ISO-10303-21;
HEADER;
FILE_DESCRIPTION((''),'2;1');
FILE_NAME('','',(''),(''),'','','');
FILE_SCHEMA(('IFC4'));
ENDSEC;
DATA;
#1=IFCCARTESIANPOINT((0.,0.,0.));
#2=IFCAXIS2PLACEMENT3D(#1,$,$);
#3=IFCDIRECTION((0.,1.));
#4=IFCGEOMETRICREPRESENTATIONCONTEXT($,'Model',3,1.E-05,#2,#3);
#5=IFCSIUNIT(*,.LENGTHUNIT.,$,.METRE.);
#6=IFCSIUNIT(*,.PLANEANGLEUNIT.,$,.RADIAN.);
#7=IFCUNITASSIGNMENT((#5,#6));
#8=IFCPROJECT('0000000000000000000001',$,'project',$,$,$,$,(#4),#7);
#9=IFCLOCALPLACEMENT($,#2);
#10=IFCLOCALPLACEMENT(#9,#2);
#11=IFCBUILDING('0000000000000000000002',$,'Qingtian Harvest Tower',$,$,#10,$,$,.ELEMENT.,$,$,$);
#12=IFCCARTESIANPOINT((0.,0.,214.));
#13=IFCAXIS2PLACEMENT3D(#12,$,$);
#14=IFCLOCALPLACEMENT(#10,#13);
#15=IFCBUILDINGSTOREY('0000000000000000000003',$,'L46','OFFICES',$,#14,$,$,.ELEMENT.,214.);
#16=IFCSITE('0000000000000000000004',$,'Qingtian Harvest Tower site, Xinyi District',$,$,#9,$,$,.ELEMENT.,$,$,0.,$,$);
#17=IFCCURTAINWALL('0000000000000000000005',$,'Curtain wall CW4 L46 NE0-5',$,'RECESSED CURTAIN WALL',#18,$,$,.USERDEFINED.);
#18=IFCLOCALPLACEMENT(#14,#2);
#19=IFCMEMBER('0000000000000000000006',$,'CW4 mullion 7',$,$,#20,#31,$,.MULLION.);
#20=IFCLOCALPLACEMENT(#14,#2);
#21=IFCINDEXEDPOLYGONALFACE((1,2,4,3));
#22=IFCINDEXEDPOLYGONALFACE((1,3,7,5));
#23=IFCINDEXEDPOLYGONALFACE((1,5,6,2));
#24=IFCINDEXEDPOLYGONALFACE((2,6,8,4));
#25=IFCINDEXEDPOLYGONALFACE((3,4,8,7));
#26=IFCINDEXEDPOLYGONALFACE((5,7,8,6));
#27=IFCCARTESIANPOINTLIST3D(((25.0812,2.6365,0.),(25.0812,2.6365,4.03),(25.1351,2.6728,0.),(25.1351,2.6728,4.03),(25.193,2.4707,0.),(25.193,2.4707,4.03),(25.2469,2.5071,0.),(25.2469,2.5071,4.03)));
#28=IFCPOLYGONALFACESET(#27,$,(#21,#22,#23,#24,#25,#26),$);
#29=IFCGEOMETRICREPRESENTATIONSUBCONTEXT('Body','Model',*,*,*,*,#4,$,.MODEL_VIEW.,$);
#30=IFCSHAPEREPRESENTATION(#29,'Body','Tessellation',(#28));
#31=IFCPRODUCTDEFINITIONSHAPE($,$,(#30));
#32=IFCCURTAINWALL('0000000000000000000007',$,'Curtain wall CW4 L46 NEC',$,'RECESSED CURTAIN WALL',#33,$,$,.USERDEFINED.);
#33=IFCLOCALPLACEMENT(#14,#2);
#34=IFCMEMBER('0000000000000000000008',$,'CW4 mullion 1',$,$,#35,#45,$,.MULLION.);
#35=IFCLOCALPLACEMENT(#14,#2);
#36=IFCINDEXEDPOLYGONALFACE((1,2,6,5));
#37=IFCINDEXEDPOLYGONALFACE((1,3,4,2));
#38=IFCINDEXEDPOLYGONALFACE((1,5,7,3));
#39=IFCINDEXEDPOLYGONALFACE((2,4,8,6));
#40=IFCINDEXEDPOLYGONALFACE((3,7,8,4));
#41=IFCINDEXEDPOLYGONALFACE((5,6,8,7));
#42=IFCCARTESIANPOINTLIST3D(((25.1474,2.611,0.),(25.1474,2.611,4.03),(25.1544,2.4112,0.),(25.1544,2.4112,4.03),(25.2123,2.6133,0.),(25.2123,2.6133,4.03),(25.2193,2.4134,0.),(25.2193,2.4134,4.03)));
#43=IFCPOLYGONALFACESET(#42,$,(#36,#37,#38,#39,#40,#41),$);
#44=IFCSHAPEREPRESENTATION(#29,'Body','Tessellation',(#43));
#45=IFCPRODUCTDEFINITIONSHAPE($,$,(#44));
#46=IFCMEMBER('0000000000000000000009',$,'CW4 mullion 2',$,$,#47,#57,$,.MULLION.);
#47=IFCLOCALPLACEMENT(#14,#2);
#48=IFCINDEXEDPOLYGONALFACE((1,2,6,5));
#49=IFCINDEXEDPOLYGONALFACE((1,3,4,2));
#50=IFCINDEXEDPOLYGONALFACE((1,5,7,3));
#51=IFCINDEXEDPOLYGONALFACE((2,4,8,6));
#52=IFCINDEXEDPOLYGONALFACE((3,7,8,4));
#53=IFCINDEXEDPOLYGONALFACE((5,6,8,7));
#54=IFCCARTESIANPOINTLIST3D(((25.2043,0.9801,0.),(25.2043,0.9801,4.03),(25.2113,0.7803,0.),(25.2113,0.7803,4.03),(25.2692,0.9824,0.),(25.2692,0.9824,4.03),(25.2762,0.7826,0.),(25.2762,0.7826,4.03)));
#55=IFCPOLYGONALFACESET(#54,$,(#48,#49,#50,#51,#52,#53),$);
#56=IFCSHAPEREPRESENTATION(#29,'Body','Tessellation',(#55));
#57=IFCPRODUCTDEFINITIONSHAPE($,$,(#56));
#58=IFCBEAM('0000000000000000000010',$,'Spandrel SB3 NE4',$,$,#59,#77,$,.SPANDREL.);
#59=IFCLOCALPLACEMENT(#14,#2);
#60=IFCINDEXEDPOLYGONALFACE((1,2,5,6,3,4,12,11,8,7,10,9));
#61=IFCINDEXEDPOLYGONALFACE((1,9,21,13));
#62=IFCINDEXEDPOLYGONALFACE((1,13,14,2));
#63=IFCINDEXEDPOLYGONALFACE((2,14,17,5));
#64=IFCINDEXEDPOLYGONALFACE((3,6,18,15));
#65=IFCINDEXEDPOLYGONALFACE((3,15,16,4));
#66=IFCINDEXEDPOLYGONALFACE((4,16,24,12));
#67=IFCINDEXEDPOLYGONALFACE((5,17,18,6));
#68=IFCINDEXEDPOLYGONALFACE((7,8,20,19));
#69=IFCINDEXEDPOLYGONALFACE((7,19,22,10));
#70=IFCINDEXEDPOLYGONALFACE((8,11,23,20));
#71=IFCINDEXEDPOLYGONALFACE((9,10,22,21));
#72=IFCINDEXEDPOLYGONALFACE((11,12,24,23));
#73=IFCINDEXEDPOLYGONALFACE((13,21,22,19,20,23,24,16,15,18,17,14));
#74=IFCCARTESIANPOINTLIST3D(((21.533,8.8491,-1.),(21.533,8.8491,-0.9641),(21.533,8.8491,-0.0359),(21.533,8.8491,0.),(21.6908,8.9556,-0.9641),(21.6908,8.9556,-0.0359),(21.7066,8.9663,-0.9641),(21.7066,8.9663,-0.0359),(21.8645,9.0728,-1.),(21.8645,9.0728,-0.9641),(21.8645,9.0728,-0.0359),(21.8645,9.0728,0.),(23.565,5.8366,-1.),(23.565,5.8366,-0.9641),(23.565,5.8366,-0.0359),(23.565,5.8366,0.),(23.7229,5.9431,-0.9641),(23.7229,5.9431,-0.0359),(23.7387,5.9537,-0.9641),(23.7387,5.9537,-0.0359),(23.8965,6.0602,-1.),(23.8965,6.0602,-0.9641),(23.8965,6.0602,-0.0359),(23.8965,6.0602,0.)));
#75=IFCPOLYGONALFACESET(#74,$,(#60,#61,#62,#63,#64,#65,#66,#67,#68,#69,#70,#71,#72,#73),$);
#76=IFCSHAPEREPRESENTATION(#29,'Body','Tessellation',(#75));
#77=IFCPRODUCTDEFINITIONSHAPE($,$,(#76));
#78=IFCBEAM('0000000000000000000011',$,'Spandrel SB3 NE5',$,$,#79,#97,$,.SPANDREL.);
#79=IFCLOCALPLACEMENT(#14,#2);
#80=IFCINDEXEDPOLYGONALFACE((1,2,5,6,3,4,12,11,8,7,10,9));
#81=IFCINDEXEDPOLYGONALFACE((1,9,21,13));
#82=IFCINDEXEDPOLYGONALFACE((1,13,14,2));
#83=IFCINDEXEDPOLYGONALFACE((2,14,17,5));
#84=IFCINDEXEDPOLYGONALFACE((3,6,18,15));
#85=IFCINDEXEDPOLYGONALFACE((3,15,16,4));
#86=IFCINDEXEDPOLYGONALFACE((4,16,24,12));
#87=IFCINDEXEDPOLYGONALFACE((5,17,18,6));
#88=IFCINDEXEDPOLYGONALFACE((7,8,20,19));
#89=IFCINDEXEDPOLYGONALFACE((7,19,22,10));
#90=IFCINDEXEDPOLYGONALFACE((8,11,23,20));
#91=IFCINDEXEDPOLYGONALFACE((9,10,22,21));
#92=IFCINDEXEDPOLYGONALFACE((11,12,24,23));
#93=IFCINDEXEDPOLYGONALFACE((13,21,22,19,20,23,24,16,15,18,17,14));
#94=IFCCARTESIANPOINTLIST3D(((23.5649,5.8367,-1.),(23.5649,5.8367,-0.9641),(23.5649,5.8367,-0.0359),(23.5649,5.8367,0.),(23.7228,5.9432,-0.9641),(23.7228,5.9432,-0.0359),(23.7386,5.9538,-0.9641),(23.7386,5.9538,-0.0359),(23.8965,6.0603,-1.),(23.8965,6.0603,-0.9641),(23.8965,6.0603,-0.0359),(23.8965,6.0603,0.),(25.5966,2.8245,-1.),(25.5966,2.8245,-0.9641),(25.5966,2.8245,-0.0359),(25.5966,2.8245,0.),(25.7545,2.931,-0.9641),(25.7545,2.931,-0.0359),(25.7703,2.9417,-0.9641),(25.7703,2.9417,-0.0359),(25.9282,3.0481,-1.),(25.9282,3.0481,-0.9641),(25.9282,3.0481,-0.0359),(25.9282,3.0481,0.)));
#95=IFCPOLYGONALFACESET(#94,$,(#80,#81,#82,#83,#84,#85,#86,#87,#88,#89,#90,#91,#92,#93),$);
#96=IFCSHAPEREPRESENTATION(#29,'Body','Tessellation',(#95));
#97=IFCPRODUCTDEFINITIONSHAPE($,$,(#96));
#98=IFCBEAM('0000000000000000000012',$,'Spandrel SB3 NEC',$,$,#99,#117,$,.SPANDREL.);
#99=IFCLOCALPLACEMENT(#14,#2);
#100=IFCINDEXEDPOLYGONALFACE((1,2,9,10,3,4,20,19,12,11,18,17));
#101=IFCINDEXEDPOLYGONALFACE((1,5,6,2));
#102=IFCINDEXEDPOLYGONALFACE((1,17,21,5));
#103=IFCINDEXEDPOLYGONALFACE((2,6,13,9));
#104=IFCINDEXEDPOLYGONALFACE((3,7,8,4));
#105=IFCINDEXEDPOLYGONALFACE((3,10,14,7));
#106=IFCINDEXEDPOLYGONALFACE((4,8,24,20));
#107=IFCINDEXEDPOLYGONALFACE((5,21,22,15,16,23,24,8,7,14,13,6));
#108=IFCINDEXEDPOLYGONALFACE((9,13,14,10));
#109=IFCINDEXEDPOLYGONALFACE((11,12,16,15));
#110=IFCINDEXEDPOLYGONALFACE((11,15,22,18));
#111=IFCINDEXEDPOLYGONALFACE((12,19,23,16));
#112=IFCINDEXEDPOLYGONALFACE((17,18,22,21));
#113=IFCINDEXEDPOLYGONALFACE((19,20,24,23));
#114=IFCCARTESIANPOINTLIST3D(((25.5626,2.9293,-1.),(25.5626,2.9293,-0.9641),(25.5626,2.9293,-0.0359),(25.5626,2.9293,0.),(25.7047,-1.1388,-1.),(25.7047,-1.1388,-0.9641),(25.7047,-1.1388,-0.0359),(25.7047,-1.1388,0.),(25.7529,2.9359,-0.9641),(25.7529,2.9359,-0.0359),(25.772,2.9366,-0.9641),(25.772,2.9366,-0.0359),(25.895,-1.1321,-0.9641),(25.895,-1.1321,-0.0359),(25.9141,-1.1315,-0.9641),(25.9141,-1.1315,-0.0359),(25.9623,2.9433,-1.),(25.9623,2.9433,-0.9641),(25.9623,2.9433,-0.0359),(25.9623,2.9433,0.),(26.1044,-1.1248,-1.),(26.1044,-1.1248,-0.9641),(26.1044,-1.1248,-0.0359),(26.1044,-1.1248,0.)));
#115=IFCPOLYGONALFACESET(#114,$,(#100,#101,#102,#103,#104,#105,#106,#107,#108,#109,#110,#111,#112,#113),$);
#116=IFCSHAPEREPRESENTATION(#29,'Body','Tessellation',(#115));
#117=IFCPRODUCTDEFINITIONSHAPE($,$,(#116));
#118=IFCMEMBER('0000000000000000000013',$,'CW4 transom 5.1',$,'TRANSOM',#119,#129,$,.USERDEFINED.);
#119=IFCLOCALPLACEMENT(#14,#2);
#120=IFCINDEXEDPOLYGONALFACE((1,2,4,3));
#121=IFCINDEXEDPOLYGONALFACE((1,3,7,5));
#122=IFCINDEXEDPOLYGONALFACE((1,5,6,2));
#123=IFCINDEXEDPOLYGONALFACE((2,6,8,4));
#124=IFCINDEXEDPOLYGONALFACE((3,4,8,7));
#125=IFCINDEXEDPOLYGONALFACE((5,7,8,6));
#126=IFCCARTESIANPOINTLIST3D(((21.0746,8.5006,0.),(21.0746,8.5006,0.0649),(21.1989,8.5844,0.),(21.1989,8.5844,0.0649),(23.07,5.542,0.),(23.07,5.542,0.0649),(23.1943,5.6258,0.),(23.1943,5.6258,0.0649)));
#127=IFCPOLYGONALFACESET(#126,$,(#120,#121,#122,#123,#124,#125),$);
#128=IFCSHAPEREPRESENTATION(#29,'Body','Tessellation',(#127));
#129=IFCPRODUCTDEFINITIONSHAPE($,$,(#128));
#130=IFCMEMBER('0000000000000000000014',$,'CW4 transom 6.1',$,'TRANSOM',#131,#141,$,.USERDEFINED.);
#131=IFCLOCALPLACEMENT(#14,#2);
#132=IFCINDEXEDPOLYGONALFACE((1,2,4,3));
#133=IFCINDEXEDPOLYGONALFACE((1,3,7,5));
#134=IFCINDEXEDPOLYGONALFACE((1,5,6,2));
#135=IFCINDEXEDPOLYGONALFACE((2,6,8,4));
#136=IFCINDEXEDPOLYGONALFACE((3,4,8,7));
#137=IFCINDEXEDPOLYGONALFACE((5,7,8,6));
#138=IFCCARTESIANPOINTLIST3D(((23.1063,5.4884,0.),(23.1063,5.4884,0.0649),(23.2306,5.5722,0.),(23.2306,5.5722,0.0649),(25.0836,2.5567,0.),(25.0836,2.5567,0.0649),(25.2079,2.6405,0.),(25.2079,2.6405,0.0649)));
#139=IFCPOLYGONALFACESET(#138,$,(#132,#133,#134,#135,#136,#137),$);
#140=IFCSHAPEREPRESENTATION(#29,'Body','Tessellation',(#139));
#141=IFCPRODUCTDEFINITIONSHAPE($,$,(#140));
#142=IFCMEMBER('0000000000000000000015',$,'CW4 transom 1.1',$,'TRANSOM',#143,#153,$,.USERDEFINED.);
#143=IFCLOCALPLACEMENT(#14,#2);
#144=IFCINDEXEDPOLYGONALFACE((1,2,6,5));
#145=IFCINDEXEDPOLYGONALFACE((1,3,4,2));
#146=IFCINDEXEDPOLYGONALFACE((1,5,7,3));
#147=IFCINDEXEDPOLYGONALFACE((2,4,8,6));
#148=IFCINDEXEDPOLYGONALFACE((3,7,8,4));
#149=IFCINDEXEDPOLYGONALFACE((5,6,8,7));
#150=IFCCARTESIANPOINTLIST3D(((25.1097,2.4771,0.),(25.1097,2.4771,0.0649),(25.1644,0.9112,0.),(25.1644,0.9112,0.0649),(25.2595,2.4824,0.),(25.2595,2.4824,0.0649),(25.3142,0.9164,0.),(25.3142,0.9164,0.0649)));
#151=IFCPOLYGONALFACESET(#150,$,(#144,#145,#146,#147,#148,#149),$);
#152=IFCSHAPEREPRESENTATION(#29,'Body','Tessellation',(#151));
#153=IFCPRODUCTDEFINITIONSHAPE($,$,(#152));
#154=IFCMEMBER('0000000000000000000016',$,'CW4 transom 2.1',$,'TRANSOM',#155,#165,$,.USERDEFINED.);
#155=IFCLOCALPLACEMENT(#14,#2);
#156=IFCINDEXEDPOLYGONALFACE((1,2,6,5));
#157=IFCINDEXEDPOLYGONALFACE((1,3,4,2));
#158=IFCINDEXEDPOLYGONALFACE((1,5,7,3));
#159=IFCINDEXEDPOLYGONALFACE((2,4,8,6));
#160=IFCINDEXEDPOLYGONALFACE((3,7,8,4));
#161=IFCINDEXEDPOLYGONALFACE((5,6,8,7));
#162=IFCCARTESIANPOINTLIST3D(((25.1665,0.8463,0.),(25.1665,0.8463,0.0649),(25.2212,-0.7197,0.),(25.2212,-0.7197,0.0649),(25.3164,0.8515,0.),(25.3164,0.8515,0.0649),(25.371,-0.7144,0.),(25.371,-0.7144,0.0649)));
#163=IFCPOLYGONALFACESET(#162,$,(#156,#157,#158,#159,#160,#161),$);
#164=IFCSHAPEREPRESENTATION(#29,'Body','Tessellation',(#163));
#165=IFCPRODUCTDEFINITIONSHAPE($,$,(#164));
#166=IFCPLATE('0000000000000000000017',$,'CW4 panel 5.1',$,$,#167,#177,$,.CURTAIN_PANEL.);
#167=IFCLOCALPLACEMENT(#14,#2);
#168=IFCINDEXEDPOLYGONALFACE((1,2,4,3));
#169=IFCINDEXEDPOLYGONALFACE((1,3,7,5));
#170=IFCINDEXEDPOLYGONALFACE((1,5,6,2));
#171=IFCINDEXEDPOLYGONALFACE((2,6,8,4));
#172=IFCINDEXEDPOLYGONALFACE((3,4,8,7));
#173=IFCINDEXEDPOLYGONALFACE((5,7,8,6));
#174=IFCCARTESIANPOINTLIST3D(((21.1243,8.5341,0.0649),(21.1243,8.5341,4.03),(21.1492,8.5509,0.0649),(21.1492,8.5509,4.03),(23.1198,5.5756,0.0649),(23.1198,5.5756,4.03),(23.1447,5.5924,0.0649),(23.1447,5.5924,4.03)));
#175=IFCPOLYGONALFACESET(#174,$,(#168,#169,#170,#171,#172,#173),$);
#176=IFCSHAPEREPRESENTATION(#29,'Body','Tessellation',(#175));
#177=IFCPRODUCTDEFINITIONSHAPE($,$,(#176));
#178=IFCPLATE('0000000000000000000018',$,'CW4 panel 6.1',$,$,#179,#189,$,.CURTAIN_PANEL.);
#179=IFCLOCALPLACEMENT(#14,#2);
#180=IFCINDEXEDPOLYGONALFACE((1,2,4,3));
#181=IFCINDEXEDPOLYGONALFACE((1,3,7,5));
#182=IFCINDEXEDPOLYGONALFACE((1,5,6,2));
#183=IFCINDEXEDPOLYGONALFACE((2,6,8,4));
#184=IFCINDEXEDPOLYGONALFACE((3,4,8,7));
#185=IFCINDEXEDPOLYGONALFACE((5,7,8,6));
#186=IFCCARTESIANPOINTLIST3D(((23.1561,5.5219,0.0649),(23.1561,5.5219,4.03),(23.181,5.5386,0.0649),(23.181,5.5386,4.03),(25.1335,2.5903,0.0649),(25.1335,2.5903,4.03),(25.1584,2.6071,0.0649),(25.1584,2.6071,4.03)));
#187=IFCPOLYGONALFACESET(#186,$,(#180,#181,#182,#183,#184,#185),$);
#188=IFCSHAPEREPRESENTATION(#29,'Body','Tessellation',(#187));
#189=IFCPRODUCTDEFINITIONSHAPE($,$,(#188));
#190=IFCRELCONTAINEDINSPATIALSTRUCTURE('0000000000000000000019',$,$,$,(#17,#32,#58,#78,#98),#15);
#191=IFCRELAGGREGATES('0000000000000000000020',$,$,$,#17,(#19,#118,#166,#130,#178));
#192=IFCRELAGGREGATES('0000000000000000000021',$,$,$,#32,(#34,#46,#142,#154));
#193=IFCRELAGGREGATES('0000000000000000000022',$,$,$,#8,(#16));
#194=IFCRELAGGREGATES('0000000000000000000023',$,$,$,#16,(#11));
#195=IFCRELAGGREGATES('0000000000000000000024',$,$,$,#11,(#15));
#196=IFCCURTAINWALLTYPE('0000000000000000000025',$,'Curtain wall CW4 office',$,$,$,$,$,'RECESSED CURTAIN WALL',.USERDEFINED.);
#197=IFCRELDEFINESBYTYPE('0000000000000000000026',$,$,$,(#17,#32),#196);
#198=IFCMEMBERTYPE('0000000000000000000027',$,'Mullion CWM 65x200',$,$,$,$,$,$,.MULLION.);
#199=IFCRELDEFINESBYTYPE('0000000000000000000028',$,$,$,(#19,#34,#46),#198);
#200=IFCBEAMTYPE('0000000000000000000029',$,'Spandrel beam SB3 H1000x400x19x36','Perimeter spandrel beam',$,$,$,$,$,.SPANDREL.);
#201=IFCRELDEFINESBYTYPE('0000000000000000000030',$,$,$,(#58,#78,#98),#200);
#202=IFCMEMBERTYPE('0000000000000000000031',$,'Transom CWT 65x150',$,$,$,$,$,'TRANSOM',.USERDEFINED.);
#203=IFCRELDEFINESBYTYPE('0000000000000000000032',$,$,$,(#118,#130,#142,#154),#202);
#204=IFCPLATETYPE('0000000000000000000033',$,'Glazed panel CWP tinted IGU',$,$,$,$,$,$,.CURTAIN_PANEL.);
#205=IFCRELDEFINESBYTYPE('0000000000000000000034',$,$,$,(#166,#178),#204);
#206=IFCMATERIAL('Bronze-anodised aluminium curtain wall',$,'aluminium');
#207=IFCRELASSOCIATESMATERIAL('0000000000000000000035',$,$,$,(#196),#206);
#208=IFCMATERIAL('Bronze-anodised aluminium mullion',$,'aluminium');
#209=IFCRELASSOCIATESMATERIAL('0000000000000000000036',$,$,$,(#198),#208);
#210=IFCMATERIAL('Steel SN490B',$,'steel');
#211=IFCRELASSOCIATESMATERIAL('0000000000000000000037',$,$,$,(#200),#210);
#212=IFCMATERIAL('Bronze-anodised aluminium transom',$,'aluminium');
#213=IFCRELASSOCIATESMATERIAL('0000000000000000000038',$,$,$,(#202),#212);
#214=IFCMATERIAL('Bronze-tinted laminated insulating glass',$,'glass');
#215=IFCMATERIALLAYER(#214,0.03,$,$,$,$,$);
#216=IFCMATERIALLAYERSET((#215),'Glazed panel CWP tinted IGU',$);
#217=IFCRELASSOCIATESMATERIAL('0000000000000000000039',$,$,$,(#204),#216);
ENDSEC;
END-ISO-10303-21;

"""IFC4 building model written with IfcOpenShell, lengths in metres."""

from ifc_helpers import new_model, si_unit, direction, frame, origin, origin_2d, place, context, subcontext, project, spatial, rectangle, i_section, extrude, material, layer, layer_set, material_profile, profile_set, type_object, element, aggregate, save


model = new_model("IFC4")

# Units and contexts
model_context = context("Model", 3, precision=1e-05, world=origin(), true_north=direction((0.0, 1.0)))
body_context = subcontext(model_context, "Body", "Model", "MODEL_VIEW")
ifc_project = project(units=[si_unit("LENGTHUNIT", "METRE"), si_unit("PLANEANGLEUNIT", "RADIAN")], contexts=[model_context])

# Site, building, storey
site_placement = place(None, origin())
site = spatial("IfcSite", under=ifc_project, at=site_placement, Name="Qingtian Harvest Tower site, Xinyi District", CompositionType="ELEMENT", RefElevation=0.0)
building_placement = place(site_placement, origin())
building = spatial("IfcBuilding", under=site, at=building_placement, Name="Qingtian Harvest Tower", CompositionType="ELEMENT")
storey_placement = place(building_placement, frame((0.0, 0.0, 214.0)))
storey = spatial("IfcBuildingStorey", under=building, at=storey_placement, Name="L46", Description="OFFICES", CompositionType="ELEMENT", Elevation=214.0)

# Curtain walls, members
ifc_material_1 = material(Name="Bronze-anodised aluminium curtain wall", Category="aluminium")
curtain_wall_type = type_object("IfcCurtainWallType", Name="Curtain wall CW4 office", ElementType="RECESSED CURTAIN WALL", PredefinedType="USERDEFINED", material=ifc_material_1)
curtain_wall_1_placement = place(storey_placement, origin())
curtain_wall_1 = element("IfcCurtainWall", 1, at=curtain_wall_1_placement, inside=storey, type_object=curtain_wall_type, Name="Curtain wall CW4 L46 NE0-5", ObjectType="RECESSED CURTAIN WALL", PredefinedType="USERDEFINED")
ifc_material_2 = material(Name="Bronze-anodised aluminium mullion", Category="aluminium")
ifc_material_profile_1 = material_profile(ifc_material_2, rectangle(XDim=0.0649, YDim=0.2, at=origin_2d()), Name="AL 65x200")
ifc_profile_set_1 = profile_set([ifc_material_profile_1], Name="Bronze-anodised aluminium mullion")
member_type_1 = type_object("IfcMemberType", Name="Mullion CWM 65x200", PredefinedType="MULLION", material=ifc_profile_set_1)
member_1_placement = place(storey_placement, frame((25.1641, 2.5718, 0.0), z_axis=(0.0, 0.0, 1.0), x_axis=(0.829038, 0.559193, 0.0)))
member_1 = element("IfcMember", 2, at=member_1_placement, type_object=member_type_1, Name="CW4 mullion 7", PredefinedType="MULLION", context=body_context, shape_type="SweptSolid", body=[
    extrude(rectangle(XDim=0.0649, YDim=0.2, at=origin_2d()), origin(), (0.0, 0.0, 1.0), 4.03),
])
curtain_wall_2_placement = place(storey_placement, origin())
curtain_wall_2 = element("IfcCurtainWall", 3, at=curtain_wall_2_placement, inside=storey, type_object=curtain_wall_type, Name="Curtain wall CW4 L46 NEC", ObjectType="RECESSED CURTAIN WALL", PredefinedType="USERDEFINED")
member_2_placement = place(storey_placement, frame((25.1833, 2.5122, 0.0), z_axis=(0.0, 0.0, 1.0), x_axis=(0.999391, 0.034899, 0.0)))
member_2 = element("IfcMember", 4, at=member_2_placement, type_object=member_type_1, Name="CW4 mullion 1", PredefinedType="MULLION", context=body_context, shape_type="SweptSolid", body=[
    extrude(rectangle(XDim=0.0649, YDim=0.2, at=origin_2d()), origin(), (0.0, 0.0, 1.0), 4.03),
])
member_3_placement = place(storey_placement, frame((25.2402, 0.8813, 0.0), z_axis=(0.0, 0.0, 1.0), x_axis=(0.999391, 0.034899, 0.0)))
member_3 = element("IfcMember", 5, at=member_3_placement, type_object=member_type_1, Name="CW4 mullion 2", PredefinedType="MULLION", context=body_context, shape_type="SweptSolid", body=[
    extrude(rectangle(XDim=0.0649, YDim=0.2, at=origin_2d()), origin(), (0.0, 0.0, 1.0), 4.03),
])

# Beams
ifc_material_3 = material(Name="Steel SN490B", Category="steel")
ifc_material_profile_2 = material_profile(ifc_material_3, i_section(OverallWidth=0.3999, OverallDepth=1.0, WebThickness=0.019, FlangeThickness=0.0359, at=origin_2d()), Name="H1000x400x19x36")
ifc_profile_set_2 = profile_set([ifc_material_profile_2], Name="Steel SN490B")
beam_type_1 = type_object("IfcBeamType", Name="Spandrel beam SB3 H1000x400x19x36", Description="Perimeter spandrel beam", PredefinedType="SPANDREL", material=ifc_profile_set_2)
beam_1_placement = place(storey_placement, frame((21.6987, 8.9609, -0.5), z_axis=(0.559204, -0.82903, 0.0), x_axis=(0.82903, 0.559204, 0.0)))
element("IfcBeam", 6, at=beam_1_placement, inside=storey, type_object=beam_type_1, Name="Spandrel SB3 NE4", PredefinedType="SPANDREL", context=body_context, shape_type="SweptSolid", body=[
    extrude(i_section(OverallWidth=0.3999, OverallDepth=1.0, WebThickness=0.019, FlangeThickness=0.0359, at=origin_2d()), origin(), (0.0, 0.0, 1.0), 3.6338),
])
beam_2_placement = place(storey_placement, frame((23.7307, 5.9485, -0.5), z_axis=(0.559189, -0.82904, 0.0), x_axis=(0.82904, 0.559189, 0.0)))
element("IfcBeam", 7, at=beam_2_placement, inside=storey, type_object=beam_type_1, Name="Spandrel SB3 NE5", PredefinedType="SPANDREL", context=body_context, shape_type="SweptSolid", body=[
    extrude(i_section(OverallWidth=0.3999, OverallDepth=1.0, WebThickness=0.019, FlangeThickness=0.0359, at=origin_2d()), origin(), (0.0, 0.0, 1.0), 3.6333),
])
beam_3_placement = place(storey_placement, frame((25.7625, 2.9363, -0.5), z_axis=(0.034906, -0.999391, 0.0), x_axis=(0.999391, 0.034906, 0.0)))
element("IfcBeam", 8, at=beam_3_placement, inside=storey, type_object=beam_type_1, Name="Spandrel SB3 NEC", PredefinedType="SPANDREL", context=body_context, shape_type="SweptSolid", body=[
    extrude(i_section(OverallWidth=0.3999, OverallDepth=1.0, WebThickness=0.019, FlangeThickness=0.0359, at=origin_2d()), origin(), (0.0, 0.0, 1.0), 4.0706),
])

# Members
ifc_material_4 = material(Name="Bronze-anodised aluminium transom", Category="aluminium")
ifc_material_profile_3 = material_profile(ifc_material_4, rectangle(XDim=0.1499, YDim=0.0649, at=origin_2d()), Name="AL 65x150")
ifc_profile_set_3 = profile_set([ifc_material_profile_3], Name="Bronze-anodised aluminium transom")
member_type_2 = type_object("IfcMemberType", Name="Transom CWT 65x150", ElementType="TRANSOM", PredefinedType="USERDEFINED", material=ifc_profile_set_3)
member_4_placement = place(storey_placement, frame((21.1367, 8.5425, 0.0325), z_axis=(0.55916, -0.82906, 0.0), x_axis=(0.82906, 0.55916, 0.0)))
member_4 = element("IfcMember", 9, at=member_4_placement, type_object=member_type_2, Name="CW4 transom 5.1", ObjectType="TRANSOM", PredefinedType="USERDEFINED", context=body_context, shape_type="SweptSolid", body=[
    extrude(rectangle(XDim=0.1499, YDim=0.0649, at=origin_2d()), origin(), (0.0, 0.0, 1.0), 3.5686),
])
member_5_placement = place(storey_placement, frame((23.1685, 5.5303, 0.0325), z_axis=(0.559169, -0.829054, 0.0), x_axis=(0.829054, 0.559169, 0.0)))
member_5 = element("IfcMember", 10, at=member_5_placement, type_object=member_type_2, Name="CW4 transom 6.1", ObjectType="TRANSOM", PredefinedType="USERDEFINED", context=body_context, shape_type="SweptSolid", body=[
    extrude(rectangle(XDim=0.1499, YDim=0.0649, at=origin_2d()), origin(), (0.0, 0.0, 1.0), 3.5361),
])
member_6_placement = place(storey_placement, frame((25.1846, 2.4797, 0.0325), z_axis=(0.034902, -0.999391, 0.0), x_axis=(0.999391, 0.034902, 0.0)))
member_6 = element("IfcMember", 11, at=member_6_placement, type_object=member_type_2, Name="CW4 transom 1.1", ObjectType="TRANSOM", PredefinedType="USERDEFINED", context=body_context, shape_type="SweptSolid", body=[
    extrude(rectangle(XDim=0.1499, YDim=0.0649, at=origin_2d()), origin(), (0.0, 0.0, 1.0), 1.5669),
])
member_7_placement = place(storey_placement, frame((25.2415, 0.8489, 0.0325), z_axis=(0.034902, -0.999391, 0.0), x_axis=(0.999391, 0.034902, 0.0)))
member_7 = element("IfcMember", 12, at=member_7_placement, type_object=member_type_2, Name="CW4 transom 2.1", ObjectType="TRANSOM", PredefinedType="USERDEFINED", context=body_context, shape_type="SweptSolid", body=[
    extrude(rectangle(XDim=0.1499, YDim=0.0649, at=origin_2d()), origin(), (0.0, 0.0, 1.0), 1.5669),
])

# Plates
ifc_material_5 = material(Name="Bronze-tinted laminated insulating glass", Category="glass")
ifc_layer_1 = layer(ifc_material_5, 0.03)
ifc_layer_set_1 = layer_set([ifc_layer_1], Name="Glazed panel CWP tinted IGU")
plate_type = type_object("IfcPlateType", Name="Glazed panel CWP tinted IGU", PredefinedType="CURTAIN_PANEL", material=ifc_layer_set_1)
plate_1_placement = place(storey_placement, frame((22.1345, 7.0632, 0.0649), z_axis=(0.0, 0.0, 1.0), x_axis=(0.559193, -0.829038, 0.0)))
plate_1 = element("IfcPlate", 13, at=plate_1_placement, type_object=plate_type, Name="CW4 panel 5.1", PredefinedType="CURTAIN_PANEL", context=body_context, shape_type="SweptSolid", body=[
    extrude(rectangle(XDim=3.5686, YDim=0.03, at=origin_2d()), origin(), (0.0, 0.0, 1.0), 3.9651),
])
plate_2_placement = place(storey_placement, frame((24.1572, 4.0645, 0.0649), z_axis=(0.0, 0.0, 1.0), x_axis=(0.559193, -0.829038, 0.0)))
plate_2 = element("IfcPlate", 14, at=plate_2_placement, type_object=plate_type, Name="CW4 panel 6.1", PredefinedType="CURTAIN_PANEL", context=body_context, shape_type="SweptSolid", body=[
    extrude(rectangle(XDim=3.5361, YDim=0.03, at=origin_2d()), origin(), (0.0, 0.0, 1.0), 3.9651),
])
aggregate(curtain_wall_1, [member_1, member_4, plate_1, member_5, plate_2])
aggregate(curtain_wall_2, [member_2, member_3, member_6, member_7])

save(model, "model.ifc")
